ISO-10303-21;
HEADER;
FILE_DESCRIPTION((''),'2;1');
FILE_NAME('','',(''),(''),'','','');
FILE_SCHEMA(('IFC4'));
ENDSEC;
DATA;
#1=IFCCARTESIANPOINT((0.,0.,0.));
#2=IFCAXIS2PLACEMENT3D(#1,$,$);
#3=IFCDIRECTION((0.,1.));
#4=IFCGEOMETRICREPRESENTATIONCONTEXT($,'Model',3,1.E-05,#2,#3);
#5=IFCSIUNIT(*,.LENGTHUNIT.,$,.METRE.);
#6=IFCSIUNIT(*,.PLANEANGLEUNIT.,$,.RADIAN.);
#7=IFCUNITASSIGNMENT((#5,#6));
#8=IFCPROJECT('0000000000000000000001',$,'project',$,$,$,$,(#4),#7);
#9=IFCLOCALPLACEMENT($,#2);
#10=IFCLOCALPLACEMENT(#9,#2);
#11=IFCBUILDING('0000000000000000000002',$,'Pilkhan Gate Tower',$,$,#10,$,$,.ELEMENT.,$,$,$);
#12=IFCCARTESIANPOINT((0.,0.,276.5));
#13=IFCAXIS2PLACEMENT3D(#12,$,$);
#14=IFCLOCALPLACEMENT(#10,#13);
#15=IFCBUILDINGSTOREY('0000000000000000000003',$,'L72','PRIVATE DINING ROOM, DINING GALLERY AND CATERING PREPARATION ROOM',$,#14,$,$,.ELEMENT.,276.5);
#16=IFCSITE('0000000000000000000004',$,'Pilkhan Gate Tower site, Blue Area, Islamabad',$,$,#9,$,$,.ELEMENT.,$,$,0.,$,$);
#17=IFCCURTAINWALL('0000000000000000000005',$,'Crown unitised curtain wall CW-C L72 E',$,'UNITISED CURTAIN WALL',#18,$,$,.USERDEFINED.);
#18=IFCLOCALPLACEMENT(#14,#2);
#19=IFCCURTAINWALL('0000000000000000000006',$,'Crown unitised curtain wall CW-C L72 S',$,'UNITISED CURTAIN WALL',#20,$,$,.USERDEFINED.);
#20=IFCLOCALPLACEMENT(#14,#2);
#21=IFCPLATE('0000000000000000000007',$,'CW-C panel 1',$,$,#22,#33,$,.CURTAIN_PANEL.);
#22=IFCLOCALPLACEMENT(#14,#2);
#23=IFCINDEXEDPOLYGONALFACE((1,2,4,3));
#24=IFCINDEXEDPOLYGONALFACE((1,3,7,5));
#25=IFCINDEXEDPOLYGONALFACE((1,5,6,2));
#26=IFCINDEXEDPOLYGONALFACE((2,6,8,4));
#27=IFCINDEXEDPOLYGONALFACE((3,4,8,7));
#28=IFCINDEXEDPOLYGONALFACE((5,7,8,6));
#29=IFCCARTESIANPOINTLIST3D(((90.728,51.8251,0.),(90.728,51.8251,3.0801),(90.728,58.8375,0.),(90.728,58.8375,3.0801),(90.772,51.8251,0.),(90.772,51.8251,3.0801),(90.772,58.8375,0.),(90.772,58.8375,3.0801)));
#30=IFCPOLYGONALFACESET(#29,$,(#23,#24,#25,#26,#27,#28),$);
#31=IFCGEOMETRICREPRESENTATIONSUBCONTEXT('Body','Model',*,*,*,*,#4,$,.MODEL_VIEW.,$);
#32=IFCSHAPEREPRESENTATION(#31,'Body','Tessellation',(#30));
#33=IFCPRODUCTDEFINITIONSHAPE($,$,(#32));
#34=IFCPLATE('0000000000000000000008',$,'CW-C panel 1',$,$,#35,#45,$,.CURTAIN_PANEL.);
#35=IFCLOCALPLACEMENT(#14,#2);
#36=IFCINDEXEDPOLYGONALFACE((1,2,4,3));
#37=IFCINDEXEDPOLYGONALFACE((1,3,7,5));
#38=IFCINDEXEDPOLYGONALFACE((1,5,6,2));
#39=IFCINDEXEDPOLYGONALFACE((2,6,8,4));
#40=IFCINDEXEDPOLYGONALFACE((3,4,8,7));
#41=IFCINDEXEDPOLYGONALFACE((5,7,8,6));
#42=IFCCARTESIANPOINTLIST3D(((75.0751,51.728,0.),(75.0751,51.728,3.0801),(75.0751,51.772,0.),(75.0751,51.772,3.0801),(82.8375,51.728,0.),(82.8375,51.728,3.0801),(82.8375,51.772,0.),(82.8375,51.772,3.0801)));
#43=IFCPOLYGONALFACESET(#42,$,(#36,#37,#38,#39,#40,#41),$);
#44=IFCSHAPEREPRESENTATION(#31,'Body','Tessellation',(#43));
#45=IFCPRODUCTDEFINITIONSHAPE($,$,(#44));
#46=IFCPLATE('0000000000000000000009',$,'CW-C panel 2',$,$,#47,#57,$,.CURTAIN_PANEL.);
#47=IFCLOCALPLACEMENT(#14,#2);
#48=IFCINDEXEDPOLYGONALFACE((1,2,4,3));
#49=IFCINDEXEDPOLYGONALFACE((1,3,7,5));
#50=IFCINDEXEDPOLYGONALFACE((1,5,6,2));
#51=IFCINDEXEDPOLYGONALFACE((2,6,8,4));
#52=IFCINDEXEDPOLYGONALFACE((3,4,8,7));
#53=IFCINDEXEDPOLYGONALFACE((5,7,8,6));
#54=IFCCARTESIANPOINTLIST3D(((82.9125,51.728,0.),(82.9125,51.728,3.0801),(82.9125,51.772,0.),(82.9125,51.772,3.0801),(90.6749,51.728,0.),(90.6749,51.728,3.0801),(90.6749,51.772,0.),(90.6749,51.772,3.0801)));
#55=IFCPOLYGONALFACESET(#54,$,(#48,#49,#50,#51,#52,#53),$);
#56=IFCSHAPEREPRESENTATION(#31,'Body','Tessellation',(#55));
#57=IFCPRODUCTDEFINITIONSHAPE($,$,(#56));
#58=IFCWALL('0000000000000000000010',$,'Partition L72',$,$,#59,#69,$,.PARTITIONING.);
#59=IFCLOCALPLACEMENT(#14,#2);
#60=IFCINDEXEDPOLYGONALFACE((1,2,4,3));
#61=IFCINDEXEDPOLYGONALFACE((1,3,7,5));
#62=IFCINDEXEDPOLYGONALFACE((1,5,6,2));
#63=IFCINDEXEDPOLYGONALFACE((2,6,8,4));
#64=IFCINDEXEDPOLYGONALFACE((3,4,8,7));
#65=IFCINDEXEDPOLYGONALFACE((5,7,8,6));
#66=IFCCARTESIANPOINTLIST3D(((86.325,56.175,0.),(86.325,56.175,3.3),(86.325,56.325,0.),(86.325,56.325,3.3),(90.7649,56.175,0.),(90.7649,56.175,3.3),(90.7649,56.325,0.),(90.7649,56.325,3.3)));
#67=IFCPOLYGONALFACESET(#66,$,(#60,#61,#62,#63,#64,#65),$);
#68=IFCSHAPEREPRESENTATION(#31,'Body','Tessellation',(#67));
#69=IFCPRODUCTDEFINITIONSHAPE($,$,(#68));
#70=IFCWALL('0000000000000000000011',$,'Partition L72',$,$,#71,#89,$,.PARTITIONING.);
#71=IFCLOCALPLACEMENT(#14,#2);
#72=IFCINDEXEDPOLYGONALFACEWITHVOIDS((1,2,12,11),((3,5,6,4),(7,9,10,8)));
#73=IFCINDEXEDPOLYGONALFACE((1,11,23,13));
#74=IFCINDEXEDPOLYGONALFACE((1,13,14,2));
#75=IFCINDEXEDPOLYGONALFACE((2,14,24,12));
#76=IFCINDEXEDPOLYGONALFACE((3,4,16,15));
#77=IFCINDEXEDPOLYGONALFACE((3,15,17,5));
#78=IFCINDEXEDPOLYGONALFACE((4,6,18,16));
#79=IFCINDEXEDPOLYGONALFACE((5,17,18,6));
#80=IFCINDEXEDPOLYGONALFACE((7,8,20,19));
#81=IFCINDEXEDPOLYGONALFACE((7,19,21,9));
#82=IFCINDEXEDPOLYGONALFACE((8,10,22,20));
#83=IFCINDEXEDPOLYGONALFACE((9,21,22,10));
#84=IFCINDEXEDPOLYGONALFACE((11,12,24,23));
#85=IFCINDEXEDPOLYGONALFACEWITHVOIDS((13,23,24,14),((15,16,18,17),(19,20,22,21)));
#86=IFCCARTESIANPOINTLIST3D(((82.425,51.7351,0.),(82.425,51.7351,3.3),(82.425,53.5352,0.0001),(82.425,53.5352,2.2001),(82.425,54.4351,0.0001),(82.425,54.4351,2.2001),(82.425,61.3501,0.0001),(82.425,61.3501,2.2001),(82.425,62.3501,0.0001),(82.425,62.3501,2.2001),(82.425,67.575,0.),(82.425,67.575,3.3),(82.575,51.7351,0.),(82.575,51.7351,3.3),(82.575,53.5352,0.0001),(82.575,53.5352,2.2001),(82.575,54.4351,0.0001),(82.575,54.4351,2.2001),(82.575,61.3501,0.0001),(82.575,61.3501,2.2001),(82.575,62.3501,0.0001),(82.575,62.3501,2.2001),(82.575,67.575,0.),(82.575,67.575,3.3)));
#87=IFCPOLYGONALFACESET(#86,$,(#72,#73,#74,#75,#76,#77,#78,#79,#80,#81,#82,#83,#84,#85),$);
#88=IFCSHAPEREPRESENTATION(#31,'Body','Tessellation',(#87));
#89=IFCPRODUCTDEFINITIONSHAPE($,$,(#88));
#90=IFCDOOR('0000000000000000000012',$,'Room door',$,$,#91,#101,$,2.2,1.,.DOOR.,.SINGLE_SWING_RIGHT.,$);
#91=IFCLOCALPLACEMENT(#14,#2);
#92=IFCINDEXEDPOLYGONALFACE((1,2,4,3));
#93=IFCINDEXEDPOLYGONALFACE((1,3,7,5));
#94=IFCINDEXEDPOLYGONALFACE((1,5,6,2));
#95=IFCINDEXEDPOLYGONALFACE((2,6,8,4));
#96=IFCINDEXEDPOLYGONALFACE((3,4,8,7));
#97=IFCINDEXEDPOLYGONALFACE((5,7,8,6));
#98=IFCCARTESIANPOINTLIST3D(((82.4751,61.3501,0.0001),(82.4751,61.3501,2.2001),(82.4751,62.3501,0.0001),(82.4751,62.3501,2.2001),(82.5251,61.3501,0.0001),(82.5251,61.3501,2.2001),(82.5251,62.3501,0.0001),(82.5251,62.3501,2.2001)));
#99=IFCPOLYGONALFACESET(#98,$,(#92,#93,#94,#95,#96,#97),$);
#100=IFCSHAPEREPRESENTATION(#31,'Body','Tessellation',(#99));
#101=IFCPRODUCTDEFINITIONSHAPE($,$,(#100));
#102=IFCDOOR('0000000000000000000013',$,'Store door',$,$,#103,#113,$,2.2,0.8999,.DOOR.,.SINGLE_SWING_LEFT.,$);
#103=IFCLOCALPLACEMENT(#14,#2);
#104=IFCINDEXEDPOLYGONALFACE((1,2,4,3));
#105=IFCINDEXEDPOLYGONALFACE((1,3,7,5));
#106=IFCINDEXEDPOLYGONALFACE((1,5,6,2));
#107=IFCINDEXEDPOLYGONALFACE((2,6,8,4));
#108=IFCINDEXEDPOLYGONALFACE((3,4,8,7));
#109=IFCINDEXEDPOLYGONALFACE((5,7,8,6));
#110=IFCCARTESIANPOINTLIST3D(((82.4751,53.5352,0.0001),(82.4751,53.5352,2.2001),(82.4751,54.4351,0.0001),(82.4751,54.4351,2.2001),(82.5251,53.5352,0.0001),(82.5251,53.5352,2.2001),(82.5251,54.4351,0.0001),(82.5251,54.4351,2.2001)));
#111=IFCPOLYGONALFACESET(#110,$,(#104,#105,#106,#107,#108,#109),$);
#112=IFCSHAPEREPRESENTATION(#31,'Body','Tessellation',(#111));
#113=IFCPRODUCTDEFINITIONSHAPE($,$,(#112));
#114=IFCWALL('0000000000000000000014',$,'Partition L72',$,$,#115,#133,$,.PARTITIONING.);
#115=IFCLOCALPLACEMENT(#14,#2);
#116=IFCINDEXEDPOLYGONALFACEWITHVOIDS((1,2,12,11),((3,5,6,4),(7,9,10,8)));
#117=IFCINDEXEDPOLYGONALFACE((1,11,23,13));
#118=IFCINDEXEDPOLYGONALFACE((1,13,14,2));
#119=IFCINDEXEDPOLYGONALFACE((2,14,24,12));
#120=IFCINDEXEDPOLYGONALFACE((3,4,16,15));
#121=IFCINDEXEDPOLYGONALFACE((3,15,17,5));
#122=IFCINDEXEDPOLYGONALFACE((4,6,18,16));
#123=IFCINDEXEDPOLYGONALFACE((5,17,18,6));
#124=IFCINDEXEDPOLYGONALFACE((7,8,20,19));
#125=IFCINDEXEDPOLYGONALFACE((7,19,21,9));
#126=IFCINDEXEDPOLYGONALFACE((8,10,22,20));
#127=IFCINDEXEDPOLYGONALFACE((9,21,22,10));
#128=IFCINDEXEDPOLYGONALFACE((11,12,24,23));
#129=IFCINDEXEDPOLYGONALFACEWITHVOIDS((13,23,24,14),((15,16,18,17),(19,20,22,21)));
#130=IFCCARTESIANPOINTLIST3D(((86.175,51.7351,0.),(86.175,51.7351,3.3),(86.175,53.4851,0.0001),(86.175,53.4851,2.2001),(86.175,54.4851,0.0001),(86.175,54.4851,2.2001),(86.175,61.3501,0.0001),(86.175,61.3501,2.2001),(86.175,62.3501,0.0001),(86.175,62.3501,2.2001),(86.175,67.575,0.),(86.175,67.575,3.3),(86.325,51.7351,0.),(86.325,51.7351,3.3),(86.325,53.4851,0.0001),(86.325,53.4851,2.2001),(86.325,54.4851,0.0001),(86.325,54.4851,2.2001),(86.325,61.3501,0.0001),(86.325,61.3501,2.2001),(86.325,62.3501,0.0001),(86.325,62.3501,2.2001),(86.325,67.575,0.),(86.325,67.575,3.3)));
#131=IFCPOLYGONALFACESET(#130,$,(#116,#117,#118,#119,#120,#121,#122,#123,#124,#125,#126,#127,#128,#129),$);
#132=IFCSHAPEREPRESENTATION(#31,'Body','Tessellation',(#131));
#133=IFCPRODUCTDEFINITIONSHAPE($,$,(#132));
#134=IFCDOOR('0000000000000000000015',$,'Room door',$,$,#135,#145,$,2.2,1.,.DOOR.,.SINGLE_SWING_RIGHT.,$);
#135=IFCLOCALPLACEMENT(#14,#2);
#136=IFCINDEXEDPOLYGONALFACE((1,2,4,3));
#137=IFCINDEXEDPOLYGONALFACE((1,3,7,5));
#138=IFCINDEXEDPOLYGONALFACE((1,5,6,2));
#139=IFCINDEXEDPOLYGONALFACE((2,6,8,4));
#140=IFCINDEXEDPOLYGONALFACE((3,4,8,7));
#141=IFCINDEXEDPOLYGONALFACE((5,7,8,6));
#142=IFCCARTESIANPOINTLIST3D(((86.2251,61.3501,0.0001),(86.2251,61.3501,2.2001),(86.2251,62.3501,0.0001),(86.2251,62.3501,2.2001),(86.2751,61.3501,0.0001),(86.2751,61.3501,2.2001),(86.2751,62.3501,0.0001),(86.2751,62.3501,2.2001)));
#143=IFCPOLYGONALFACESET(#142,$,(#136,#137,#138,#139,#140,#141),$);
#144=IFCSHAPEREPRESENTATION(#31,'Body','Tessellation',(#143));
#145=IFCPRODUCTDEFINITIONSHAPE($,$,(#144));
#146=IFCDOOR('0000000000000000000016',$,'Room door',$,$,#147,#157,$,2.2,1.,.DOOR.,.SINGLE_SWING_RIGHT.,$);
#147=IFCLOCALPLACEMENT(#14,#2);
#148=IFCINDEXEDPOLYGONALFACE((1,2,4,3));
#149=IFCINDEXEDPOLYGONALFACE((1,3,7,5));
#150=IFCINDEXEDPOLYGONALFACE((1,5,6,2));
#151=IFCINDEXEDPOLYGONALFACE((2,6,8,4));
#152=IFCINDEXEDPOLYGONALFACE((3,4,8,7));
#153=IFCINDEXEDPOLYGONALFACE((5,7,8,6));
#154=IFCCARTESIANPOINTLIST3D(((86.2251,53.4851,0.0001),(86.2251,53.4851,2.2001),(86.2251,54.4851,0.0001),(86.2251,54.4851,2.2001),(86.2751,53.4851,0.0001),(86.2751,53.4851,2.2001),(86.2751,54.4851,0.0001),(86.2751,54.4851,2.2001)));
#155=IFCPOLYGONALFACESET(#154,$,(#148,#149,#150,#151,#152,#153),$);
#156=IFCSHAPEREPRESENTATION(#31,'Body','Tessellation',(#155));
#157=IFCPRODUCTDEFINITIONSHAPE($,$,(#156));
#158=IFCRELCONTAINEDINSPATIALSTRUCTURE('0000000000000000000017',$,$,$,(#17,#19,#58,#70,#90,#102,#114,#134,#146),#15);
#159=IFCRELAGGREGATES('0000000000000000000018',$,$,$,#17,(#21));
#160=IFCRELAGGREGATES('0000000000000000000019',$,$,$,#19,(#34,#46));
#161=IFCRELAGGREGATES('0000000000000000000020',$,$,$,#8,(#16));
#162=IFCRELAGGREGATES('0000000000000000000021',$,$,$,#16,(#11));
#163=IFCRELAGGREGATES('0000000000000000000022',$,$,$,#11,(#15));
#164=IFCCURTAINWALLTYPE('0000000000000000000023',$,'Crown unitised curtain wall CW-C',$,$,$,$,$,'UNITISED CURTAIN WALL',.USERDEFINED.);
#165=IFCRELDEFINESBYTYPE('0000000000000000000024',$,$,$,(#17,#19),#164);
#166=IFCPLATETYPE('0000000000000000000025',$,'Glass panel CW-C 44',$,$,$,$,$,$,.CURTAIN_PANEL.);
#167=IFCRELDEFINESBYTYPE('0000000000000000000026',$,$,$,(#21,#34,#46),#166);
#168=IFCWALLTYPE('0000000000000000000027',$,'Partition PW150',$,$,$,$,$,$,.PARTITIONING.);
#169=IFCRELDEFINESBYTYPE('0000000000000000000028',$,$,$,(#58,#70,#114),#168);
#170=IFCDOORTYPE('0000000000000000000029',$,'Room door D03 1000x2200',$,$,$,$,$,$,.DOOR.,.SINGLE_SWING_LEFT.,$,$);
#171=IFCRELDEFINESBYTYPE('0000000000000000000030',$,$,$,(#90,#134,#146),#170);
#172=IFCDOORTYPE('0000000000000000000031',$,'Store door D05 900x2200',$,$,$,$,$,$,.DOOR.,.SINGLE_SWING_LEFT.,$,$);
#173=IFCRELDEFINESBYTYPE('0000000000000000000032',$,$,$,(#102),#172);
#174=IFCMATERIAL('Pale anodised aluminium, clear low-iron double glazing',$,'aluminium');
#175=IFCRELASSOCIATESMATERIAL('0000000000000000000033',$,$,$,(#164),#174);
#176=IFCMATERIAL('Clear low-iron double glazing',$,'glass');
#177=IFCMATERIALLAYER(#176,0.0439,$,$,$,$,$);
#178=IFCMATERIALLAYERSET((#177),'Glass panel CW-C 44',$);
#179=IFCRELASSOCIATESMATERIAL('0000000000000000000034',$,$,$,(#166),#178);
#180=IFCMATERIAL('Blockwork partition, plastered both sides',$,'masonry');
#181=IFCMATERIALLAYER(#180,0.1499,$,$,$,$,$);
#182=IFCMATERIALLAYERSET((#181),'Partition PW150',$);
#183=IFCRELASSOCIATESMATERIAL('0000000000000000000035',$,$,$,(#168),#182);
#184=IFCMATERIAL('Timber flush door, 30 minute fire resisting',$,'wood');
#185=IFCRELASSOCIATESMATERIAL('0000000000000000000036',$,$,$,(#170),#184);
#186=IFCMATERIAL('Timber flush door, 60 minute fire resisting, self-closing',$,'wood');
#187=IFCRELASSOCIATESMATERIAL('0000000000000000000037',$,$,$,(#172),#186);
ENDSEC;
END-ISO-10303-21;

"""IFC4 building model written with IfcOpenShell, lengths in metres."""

from ifc_helpers import new_model, si_unit, direction, frame, frame_2d, origin, origin_2d, place, context, subcontext, project, spatial, rectangle, extrude, material, layer, layer_set, type_object, element, fill, aggregate, save


model = new_model("IFC4")

# Units and contexts
model_context = context("Model", 3, precision=1e-05, world=origin(), true_north=direction((0.0, 1.0)))
body_context = subcontext(model_context, "Body", "Model", "MODEL_VIEW")
ifc_project = project(units=[si_unit("LENGTHUNIT", "METRE"), si_unit("PLANEANGLEUNIT", "RADIAN")], contexts=[model_context])

# Site, building, storey
site_placement = place(None, origin())
site = spatial("IfcSite", under=ifc_project, at=site_placement, Name="Pilkhan Gate Tower site, Blue Area, Islamabad", CompositionType="ELEMENT", RefElevation=0.0)
building_placement = place(site_placement, origin())
building = spatial("IfcBuilding", under=site, at=building_placement, Name="Pilkhan Gate Tower", CompositionType="ELEMENT")
storey_placement = place(building_placement, frame((0.0, 0.0, 276.5)))
storey = spatial("IfcBuildingStorey", under=building, at=storey_placement, Name="L72", Description="PRIVATE DINING ROOM, DINING GALLERY AND CATERING PREPARATION ROOM", CompositionType="ELEMENT", Elevation=276.5)

# Curtain wall
ifc_material_1 = material(Name="Pale anodised aluminium, clear low-iron double glazing", Category="aluminium")
curtain_wall_type = type_object("IfcCurtainWallType", Name="Crown unitised curtain wall CW-C", ElementType="UNITISED CURTAIN WALL", PredefinedType="USERDEFINED", material=ifc_material_1)
curtain_wall_1_placement = place(storey_placement, origin())
curtain_wall_1 = element("IfcCurtainWall", 1, at=curtain_wall_1_placement, inside=storey, type_object=curtain_wall_type, Name="Crown unitised curtain wall CW-C L72 E", ObjectType="UNITISED CURTAIN WALL", PredefinedType="USERDEFINED")

# Curtain wall
curtain_wall_2_placement = place(storey_placement, origin())
curtain_wall_2 = element("IfcCurtainWall", 2, at=curtain_wall_2_placement, inside=storey, type_object=curtain_wall_type, Name="Crown unitised curtain wall CW-C L72 S", ObjectType="UNITISED CURTAIN WALL", PredefinedType="USERDEFINED")

# Plates
ifc_material_2 = material(Name="Clear low-iron double glazing", Category="glass")
ifc_layer_1 = layer(ifc_material_2, 0.0439)
ifc_layer_set_1 = layer_set([ifc_layer_1], Name="Glass panel CW-C 44")
plate_type = type_object("IfcPlateType", Name="Glass panel CW-C 44", PredefinedType="CURTAIN_PANEL", material=ifc_layer_set_1)
plate_1_placement = place(storey_placement, frame((90.75, 55.3313, 0.0), z_axis=(0.0, 0.0, 1.0), x_axis=(0.0, 1.0, 0.0)))
plate_1 = element("IfcPlate", 3, at=plate_1_placement, type_object=plate_type, Name="CW-C panel 1", PredefinedType="CURTAIN_PANEL", context=body_context, shape_type="SweptSolid", body=[
    extrude(rectangle(XDim=7.0125, YDim=0.0439, at=origin_2d()), origin(), (0.0, 0.0, 1.0), 3.0801),
])
aggregate(curtain_wall_1, [plate_1])
plate_2_placement = place(storey_placement, frame((78.9563, 51.75, 0.0), z_axis=(0.0, 0.0, 1.0), x_axis=(1.0, 0.0, 0.0)))
plate_2 = element("IfcPlate", 4, at=plate_2_placement, type_object=plate_type, Name="CW-C panel 1", PredefinedType="CURTAIN_PANEL", context=body_context, shape_type="SweptSolid", body=[
    extrude(rectangle(XDim=7.7625, YDim=0.0439, at=origin_2d()), origin(), (0.0, 0.0, 1.0), 3.0801),
])
plate_3_placement = place(storey_placement, frame((86.7937, 51.75, 0.0), z_axis=(0.0, 0.0, 1.0), x_axis=(1.0, 0.0, 0.0)))
plate_3 = element("IfcPlate", 5, at=plate_3_placement, type_object=plate_type, Name="CW-C panel 2", PredefinedType="CURTAIN_PANEL", context=body_context, shape_type="SweptSolid", body=[
    extrude(rectangle(XDim=7.7625, YDim=0.0439, at=origin_2d()), origin(), (0.0, 0.0, 1.0), 3.0801),
])
aggregate(curtain_wall_2, [plate_2, plate_3])

# Wall
ifc_material_3 = material(Name="Blockwork partition, plastered both sides", Category="masonry")
ifc_layer_2 = layer(ifc_material_3, 0.1499)
ifc_layer_set_2 = layer_set([ifc_layer_2], Name="Partition PW150")
wall_type = type_object("IfcWallType", Name="Partition PW150", PredefinedType="PARTITIONING", material=ifc_layer_set_2)
wall_1_placement = place(storey_placement, frame((86.325, 56.25, 0.0), z_axis=(0.0, 0.0, 1.0), x_axis=(1.0, 0.0, 0.0)))
element("IfcWall", 6, at=wall_1_placement, inside=storey, type_object=wall_type, Name="Partition L72", PredefinedType="PARTITIONING", context=body_context, shape_type="SweptSolid", body=[
    extrude(rectangle(XDim=4.4399, YDim=0.1499, at=frame_2d((2.22, 0.0))), origin(), (0.0, 0.0, 1.0), 3.3),
])

# Walls, openings, doors
wall_2_placement = place(storey_placement, frame((82.5, 51.7351, 0.0), z_axis=(0.0, 0.0, 1.0), x_axis=(0.0, 1.0, 0.0)))
wall_2 = element("IfcWall", 7, at=wall_2_placement, inside=storey, type_object=wall_type, Name="Partition L72", PredefinedType="PARTITIONING", context=body_context, shape_type="SweptSolid", body=[
    extrude(rectangle(XDim=15.8398, YDim=0.1499, at=frame_2d((7.9199, 0.0))), origin(), (0.0, 0.0, 1.0), 3.3),
])
opening_1_placement = place(wall_2_placement, frame((9.615, 0.0, 0.0)))
opening_1 = element("IfcOpeningElement", 8, at=opening_1_placement, cuts=wall_2, PredefinedType="OPENING", context=body_context, shape_type="SweptSolid", body=[
    extrude(rectangle(XDim=1.0, YDim=2.2, at=frame_2d((0.5, 1.1001))), frame((0.0, 0.085, 0.0), z_axis=(0.0, -1.0, 0.0), x_axis=(1.0, 0.0, 0.0)), (0.0, 0.0, 1.0), 0.1699),
])
opening_2_placement = place(wall_2_placement, frame((1.8, 0.0, 0.0)))
opening_2 = element("IfcOpeningElement", 9, at=opening_2_placement, cuts=wall_2, PredefinedType="OPENING", context=body_context, shape_type="SweptSolid", body=[
    extrude(rectangle(XDim=0.8999, YDim=2.2, at=frame_2d((0.45, 1.1001))), frame((0.0, 0.085, 0.0), z_axis=(0.0, -1.0, 0.0), x_axis=(1.0, 0.0, 0.0)), (0.0, 0.0, 1.0), 0.1699),
])
ifc_material_4 = material(Name="Timber flush door, 30 minute fire resisting", Category="wood")
door_type_1 = type_object("IfcDoorType", Name="Room door D03 1000x2200", OperationType="SINGLE_SWING_LEFT", PredefinedType="DOOR", material=ifc_material_4)
door_1_placement = place(opening_1_placement, origin())
door_1 = element("IfcDoor", 10, at=door_1_placement, inside=storey, type_object=door_type_1, Name="Room door", OperationType="SINGLE_SWING_RIGHT", OverallHeight=2.2, OverallWidth=1.0, PredefinedType="DOOR", context=body_context, shape_type="SweptSolid", body=[
    extrude(rectangle(XDim=1.0, YDim=2.2, at=frame_2d((0.5, 1.1001))), frame((0.0, 0.0249, 0.0), z_axis=(0.0, -1.0, 0.0), x_axis=(1.0, 0.0, 0.0)), (0.0, 0.0, 1.0), 0.05),
])
fill(opening_1, door_1)
ifc_material_5 = material(Name="Timber flush door, 60 minute fire resisting, self-closing", Category="wood")
door_type_2 = type_object("IfcDoorType", Name="Store door D05 900x2200", OperationType="SINGLE_SWING_LEFT", PredefinedType="DOOR", material=ifc_material_5)
door_2_placement = place(opening_2_placement, origin())
door_2 = element("IfcDoor", 11, at=door_2_placement, inside=storey, type_object=door_type_2, Name="Store door", OperationType="SINGLE_SWING_LEFT", OverallHeight=2.2, OverallWidth=0.8999, PredefinedType="DOOR", context=body_context, shape_type="SweptSolid", body=[
    extrude(rectangle(XDim=0.8999, YDim=2.2, at=frame_2d((0.45, 1.1001))), frame((0.0, 0.0249, 0.0), z_axis=(0.0, -1.0, 0.0), x_axis=(1.0, 0.0, 0.0)), (0.0, 0.0, 1.0), 0.05),
])
fill(opening_2, door_2)
wall_3_placement = place(storey_placement, frame((86.25, 51.7351, 0.0), z_axis=(0.0, 0.0, 1.0), x_axis=(0.0, 1.0, 0.0)))
wall_3 = element("IfcWall", 12, at=wall_3_placement, inside=storey, type_object=wall_type, Name="Partition L72", PredefinedType="PARTITIONING", context=body_context, shape_type="SweptSolid", body=[
    extrude(rectangle(XDim=15.8398, YDim=0.1499, at=frame_2d((7.9199, 0.0))), origin(), (0.0, 0.0, 1.0), 3.3),
])
opening_3_placement = place(wall_3_placement, frame((9.615, 0.0, 0.0)))
opening_3 = element("IfcOpeningElement", 13, at=opening_3_placement, cuts=wall_3, PredefinedType="OPENING", context=body_context, shape_type="SweptSolid", body=[
    extrude(rectangle(XDim=1.0, YDim=2.2, at=frame_2d((0.5, 1.1001))), frame((0.0, 0.085, 0.0), z_axis=(0.0, -1.0, 0.0), x_axis=(1.0, 0.0, 0.0)), (0.0, 0.0, 1.0), 0.1699),
])
opening_4_placement = place(wall_3_placement, frame((1.75, 0.0, 0.0)))
opening_4 = element("IfcOpeningElement", 14, at=opening_4_placement, cuts=wall_3, PredefinedType="OPENING", context=body_context, shape_type="SweptSolid", body=[
    extrude(rectangle(XDim=1.0, YDim=2.2, at=frame_2d((0.5, 1.1001))), frame((0.0, 0.085, 0.0), z_axis=(0.0, -1.0, 0.0), x_axis=(1.0, 0.0, 0.0)), (0.0, 0.0, 1.0), 0.1699),
])
door_3_placement = place(opening_3_placement, origin())
door_3 = element("IfcDoor", 15, at=door_3_placement, inside=storey, type_object=door_type_1, Name="Room door", OperationType="SINGLE_SWING_RIGHT", OverallHeight=2.2, OverallWidth=1.0, PredefinedType="DOOR", context=body_context, shape_type="SweptSolid", body=[
    extrude(rectangle(XDim=1.0, YDim=2.2, at=frame_2d((0.5, 1.1001))), frame((0.0, 0.0249, 0.0), z_axis=(0.0, -1.0, 0.0), x_axis=(1.0, 0.0, 0.0)), (0.0, 0.0, 1.0), 0.05),
])
fill(opening_3, door_3)
door_4_placement = place(opening_4_placement, origin())
door_4 = element("IfcDoor", 16, at=door_4_placement, inside=storey, type_object=door_type_1, Name="Room door", OperationType="SINGLE_SWING_RIGHT", OverallHeight=2.2, OverallWidth=1.0, PredefinedType="DOOR", context=body_context, shape_type="SweptSolid", body=[
    extrude(rectangle(XDim=1.0, YDim=2.2, at=frame_2d((0.5, 1.1001))), frame((0.0, 0.0249, 0.0), z_axis=(0.0, -1.0, 0.0), x_axis=(1.0, 0.0, 0.0)), (0.0, 0.0, 1.0), 0.05),
])
fill(opening_4, door_4)

save(model, "model.ifc")
